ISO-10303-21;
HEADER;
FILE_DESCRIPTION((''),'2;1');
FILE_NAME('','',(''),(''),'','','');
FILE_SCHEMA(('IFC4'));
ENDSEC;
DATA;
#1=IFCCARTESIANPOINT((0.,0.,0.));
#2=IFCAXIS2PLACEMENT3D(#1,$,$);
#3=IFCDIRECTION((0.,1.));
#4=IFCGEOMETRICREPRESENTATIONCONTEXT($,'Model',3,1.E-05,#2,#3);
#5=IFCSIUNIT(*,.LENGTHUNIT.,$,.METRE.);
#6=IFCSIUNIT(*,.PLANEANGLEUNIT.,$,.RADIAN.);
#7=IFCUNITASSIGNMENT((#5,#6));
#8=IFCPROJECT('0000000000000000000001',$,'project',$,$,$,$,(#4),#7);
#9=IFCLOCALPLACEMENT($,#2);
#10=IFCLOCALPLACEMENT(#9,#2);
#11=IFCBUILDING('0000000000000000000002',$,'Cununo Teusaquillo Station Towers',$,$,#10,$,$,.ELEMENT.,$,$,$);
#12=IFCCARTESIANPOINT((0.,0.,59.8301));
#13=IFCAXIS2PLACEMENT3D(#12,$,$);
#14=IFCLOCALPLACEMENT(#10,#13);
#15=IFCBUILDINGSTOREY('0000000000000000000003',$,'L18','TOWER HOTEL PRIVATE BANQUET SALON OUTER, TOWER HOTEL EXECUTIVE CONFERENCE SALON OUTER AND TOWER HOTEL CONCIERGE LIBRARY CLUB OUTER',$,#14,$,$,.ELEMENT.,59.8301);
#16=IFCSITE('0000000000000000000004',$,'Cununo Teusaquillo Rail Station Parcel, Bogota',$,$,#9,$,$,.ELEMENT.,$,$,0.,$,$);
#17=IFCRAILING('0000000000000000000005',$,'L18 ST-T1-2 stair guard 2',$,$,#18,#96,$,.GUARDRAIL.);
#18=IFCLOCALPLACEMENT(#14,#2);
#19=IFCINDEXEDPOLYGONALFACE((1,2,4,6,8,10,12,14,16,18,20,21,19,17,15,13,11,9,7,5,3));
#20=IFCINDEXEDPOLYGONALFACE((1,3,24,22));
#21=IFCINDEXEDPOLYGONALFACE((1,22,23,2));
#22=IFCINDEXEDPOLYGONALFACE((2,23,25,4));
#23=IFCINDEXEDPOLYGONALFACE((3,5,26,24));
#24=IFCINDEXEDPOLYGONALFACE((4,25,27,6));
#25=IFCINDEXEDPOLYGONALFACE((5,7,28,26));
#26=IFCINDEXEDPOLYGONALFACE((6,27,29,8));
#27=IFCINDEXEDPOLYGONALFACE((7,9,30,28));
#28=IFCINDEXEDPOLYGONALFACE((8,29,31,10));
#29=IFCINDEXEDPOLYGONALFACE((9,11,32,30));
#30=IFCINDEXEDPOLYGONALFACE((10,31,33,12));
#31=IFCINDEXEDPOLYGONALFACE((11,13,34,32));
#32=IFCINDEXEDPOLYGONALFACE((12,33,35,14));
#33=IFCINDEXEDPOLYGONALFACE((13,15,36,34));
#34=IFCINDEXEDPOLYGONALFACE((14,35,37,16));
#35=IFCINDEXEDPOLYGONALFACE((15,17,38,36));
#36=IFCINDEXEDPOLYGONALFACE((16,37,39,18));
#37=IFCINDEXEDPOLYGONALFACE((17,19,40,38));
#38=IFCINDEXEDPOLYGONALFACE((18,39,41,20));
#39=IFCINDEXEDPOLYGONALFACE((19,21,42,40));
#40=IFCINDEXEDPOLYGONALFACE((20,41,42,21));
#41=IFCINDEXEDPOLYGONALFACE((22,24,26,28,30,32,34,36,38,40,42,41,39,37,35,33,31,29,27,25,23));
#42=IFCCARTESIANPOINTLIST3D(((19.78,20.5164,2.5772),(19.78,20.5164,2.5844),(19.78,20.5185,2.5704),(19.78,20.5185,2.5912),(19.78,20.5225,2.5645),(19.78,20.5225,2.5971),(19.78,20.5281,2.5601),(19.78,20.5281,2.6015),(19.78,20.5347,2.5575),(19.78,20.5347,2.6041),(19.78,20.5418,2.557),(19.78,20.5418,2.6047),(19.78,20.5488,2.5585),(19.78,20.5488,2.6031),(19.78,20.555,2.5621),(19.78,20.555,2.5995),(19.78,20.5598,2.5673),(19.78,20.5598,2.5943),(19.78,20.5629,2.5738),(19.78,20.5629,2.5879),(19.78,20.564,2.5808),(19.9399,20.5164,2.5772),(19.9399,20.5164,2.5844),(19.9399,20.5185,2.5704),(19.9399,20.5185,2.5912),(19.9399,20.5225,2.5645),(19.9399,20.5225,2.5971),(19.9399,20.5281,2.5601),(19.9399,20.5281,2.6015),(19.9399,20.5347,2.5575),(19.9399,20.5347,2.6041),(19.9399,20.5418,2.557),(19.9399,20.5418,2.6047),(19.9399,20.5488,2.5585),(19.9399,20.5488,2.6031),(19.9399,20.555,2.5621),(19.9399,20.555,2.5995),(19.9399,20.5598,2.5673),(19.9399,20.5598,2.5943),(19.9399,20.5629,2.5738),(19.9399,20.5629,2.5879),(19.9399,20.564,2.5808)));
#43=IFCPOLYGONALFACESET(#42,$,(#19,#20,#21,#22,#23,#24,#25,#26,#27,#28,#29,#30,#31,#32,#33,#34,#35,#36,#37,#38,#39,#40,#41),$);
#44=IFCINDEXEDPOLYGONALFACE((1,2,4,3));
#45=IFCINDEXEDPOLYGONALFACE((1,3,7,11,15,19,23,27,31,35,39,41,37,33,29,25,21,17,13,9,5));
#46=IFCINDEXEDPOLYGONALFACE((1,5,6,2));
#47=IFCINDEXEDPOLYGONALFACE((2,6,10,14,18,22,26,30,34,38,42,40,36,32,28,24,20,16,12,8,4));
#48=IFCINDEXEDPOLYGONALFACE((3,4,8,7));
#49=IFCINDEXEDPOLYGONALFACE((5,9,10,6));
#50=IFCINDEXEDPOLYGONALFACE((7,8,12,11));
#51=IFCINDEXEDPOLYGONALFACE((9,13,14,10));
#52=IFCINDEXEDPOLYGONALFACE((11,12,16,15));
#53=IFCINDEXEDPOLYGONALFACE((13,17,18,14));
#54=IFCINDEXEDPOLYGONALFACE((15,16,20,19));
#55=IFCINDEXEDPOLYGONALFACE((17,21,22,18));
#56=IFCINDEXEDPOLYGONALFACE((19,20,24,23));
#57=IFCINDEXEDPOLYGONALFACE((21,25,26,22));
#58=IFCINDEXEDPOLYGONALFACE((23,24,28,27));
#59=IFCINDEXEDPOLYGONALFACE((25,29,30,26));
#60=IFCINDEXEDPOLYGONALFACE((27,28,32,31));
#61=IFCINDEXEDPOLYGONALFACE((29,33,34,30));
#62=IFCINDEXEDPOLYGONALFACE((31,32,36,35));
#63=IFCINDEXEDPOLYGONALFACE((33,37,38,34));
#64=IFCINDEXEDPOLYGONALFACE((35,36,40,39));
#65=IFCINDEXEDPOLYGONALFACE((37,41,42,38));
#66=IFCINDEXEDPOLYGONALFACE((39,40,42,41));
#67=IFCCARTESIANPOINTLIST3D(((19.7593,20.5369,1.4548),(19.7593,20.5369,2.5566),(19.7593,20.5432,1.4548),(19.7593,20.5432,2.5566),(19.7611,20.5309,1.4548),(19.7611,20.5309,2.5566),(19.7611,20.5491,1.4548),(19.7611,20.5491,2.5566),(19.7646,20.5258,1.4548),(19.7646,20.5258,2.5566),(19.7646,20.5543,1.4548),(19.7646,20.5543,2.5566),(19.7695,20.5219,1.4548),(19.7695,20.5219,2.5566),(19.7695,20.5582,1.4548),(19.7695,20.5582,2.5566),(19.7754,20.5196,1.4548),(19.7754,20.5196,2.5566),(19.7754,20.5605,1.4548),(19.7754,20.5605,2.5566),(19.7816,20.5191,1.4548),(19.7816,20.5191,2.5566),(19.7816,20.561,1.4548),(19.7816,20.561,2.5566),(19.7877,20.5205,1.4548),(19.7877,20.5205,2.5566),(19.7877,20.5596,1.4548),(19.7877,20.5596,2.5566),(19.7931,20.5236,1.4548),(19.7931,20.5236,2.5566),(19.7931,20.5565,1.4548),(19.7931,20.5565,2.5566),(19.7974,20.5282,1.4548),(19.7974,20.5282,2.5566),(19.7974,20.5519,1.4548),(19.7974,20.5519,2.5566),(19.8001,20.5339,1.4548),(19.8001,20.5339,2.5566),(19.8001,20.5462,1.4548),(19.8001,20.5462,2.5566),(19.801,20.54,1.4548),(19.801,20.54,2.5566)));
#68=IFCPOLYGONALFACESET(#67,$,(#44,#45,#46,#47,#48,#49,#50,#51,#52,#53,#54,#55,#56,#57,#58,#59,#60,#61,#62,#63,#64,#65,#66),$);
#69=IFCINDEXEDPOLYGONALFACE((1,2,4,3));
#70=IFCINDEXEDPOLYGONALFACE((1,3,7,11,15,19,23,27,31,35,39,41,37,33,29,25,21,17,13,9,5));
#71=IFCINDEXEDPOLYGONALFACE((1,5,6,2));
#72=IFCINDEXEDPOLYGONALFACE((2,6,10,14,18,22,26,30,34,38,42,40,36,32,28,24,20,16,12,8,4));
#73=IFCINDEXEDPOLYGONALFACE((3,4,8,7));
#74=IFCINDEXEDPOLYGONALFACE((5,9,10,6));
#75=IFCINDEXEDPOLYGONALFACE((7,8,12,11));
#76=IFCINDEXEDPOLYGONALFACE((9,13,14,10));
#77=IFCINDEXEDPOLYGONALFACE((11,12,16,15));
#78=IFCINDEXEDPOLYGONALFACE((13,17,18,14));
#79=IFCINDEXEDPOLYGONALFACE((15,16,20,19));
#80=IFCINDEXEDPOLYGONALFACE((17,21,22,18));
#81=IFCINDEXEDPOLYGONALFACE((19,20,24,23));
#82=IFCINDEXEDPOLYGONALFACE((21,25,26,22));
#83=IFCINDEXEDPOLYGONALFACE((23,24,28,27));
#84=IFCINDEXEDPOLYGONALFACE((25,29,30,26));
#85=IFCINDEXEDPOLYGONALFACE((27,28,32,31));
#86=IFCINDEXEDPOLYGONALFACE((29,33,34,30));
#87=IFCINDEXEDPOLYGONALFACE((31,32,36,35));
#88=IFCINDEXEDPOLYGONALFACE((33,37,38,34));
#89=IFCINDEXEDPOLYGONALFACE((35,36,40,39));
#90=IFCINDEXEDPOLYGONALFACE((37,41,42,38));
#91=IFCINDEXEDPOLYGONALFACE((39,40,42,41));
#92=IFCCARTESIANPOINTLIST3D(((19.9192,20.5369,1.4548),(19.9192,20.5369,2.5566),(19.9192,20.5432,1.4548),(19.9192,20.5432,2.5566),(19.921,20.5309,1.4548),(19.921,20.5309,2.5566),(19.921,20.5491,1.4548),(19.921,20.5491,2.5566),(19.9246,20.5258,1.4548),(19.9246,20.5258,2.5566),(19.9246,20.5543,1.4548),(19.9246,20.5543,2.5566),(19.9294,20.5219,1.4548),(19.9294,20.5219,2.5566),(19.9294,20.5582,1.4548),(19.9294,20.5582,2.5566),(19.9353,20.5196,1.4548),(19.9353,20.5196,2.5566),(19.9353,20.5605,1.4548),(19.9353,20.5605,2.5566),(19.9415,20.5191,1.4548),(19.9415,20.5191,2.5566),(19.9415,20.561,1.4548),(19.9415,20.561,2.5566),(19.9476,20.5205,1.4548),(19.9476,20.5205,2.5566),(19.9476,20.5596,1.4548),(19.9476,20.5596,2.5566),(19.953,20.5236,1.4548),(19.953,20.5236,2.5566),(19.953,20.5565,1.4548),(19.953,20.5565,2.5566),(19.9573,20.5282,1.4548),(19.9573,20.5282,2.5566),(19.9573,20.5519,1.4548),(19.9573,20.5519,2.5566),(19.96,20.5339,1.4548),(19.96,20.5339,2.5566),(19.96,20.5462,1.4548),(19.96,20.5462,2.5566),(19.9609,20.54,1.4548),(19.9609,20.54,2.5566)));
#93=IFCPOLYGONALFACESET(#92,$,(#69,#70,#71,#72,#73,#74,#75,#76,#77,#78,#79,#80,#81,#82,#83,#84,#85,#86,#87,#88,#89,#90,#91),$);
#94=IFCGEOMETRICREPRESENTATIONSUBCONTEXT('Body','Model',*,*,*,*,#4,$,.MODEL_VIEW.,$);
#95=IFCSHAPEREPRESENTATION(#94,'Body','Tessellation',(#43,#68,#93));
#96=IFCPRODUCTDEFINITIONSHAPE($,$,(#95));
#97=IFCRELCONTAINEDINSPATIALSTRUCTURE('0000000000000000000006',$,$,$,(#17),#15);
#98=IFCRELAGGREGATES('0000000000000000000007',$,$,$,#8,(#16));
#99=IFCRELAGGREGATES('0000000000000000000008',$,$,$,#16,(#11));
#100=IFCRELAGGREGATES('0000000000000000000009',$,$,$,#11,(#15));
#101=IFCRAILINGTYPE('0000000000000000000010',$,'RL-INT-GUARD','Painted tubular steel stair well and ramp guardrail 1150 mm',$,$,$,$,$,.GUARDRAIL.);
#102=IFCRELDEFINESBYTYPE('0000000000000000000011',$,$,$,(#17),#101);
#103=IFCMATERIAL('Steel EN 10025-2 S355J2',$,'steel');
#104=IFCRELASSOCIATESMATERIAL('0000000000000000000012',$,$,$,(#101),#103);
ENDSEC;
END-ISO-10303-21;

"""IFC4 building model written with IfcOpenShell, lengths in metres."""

from ifc_helpers import new_model, si_unit, direction, frame, origin, origin_2d, place, context, subcontext, project, spatial, circle, extrude, material, type_object, element, save


model = new_model("IFC4")

# Units and contexts
model_context = context("Model", 3, precision=1e-05, world=origin(), true_north=direction((0.0, 1.0)))
body_context = subcontext(model_context, "Body", "Model", "MODEL_VIEW")
ifc_project = project(units=[si_unit("LENGTHUNIT", "METRE"), si_unit("PLANEANGLEUNIT", "RADIAN")], contexts=[model_context])

# Site, building, storey
site_placement = place(None, origin())
site = spatial("IfcSite", under=ifc_project, at=site_placement, Name="Cununo Teusaquillo Rail Station Parcel, Bogota", CompositionType="ELEMENT", RefElevation=0.0)
building_placement = place(site_placement, origin())
building = spatial("IfcBuilding", under=site, at=building_placement, Name="Cununo Teusaquillo Station Towers", CompositionType="ELEMENT")
storey_placement = place(building_placement, frame((0.0, 0.0, 59.8301)))
storey = spatial("IfcBuildingStorey", under=building, at=storey_placement, Name="L18", Description="TOWER HOTEL PRIVATE BANQUET SALON OUTER, TOWER HOTEL EXECUTIVE CONFERENCE SALON OUTER AND TOWER HOTEL CONCIERGE LIBRARY CLUB OUTER", CompositionType="ELEMENT", Elevation=59.8301)

# Railing
ifc_material_1 = material(Name="Steel EN 10025-2 S355J2", Category="steel")
railing_type_1 = type_object("IfcRailingType", Name="RL-INT-GUARD", Description="Painted tubular steel stair well and ramp guardrail 1150 mm", PredefinedType="GUARDRAIL", material=ifc_material_1)
railing_1_placement = place(storey_placement, frame((19.78, 20.54, 1.4548)))
element("IfcRailing", 1, at=railing_1_placement, inside=storey, type_object=railing_type_1, Name="L18 ST-T1-2 stair guard 2", PredefinedType="GUARDRAIL", context=body_context, shape_type="SweptSolid", body=[
    extrude(circle(Radius=0.0239, at=origin_2d()), frame((0.0, 0.0, 1.126), z_axis=(1.0, 0.0, 0.0), x_axis=(0.0, 1.0, 0.0)), (0.0, 0.0, 1.0), 0.1599),
    extrude(circle(Radius=0.021, at=origin_2d()), origin(), (0.0, 0.0, 1.0), 1.1018),
    extrude(circle(Radius=0.021, at=origin_2d()), frame((0.1599, 0.0, 0.0)), (0.0, 0.0, 1.0), 1.1018),
])

save(model, "model.ifc")
